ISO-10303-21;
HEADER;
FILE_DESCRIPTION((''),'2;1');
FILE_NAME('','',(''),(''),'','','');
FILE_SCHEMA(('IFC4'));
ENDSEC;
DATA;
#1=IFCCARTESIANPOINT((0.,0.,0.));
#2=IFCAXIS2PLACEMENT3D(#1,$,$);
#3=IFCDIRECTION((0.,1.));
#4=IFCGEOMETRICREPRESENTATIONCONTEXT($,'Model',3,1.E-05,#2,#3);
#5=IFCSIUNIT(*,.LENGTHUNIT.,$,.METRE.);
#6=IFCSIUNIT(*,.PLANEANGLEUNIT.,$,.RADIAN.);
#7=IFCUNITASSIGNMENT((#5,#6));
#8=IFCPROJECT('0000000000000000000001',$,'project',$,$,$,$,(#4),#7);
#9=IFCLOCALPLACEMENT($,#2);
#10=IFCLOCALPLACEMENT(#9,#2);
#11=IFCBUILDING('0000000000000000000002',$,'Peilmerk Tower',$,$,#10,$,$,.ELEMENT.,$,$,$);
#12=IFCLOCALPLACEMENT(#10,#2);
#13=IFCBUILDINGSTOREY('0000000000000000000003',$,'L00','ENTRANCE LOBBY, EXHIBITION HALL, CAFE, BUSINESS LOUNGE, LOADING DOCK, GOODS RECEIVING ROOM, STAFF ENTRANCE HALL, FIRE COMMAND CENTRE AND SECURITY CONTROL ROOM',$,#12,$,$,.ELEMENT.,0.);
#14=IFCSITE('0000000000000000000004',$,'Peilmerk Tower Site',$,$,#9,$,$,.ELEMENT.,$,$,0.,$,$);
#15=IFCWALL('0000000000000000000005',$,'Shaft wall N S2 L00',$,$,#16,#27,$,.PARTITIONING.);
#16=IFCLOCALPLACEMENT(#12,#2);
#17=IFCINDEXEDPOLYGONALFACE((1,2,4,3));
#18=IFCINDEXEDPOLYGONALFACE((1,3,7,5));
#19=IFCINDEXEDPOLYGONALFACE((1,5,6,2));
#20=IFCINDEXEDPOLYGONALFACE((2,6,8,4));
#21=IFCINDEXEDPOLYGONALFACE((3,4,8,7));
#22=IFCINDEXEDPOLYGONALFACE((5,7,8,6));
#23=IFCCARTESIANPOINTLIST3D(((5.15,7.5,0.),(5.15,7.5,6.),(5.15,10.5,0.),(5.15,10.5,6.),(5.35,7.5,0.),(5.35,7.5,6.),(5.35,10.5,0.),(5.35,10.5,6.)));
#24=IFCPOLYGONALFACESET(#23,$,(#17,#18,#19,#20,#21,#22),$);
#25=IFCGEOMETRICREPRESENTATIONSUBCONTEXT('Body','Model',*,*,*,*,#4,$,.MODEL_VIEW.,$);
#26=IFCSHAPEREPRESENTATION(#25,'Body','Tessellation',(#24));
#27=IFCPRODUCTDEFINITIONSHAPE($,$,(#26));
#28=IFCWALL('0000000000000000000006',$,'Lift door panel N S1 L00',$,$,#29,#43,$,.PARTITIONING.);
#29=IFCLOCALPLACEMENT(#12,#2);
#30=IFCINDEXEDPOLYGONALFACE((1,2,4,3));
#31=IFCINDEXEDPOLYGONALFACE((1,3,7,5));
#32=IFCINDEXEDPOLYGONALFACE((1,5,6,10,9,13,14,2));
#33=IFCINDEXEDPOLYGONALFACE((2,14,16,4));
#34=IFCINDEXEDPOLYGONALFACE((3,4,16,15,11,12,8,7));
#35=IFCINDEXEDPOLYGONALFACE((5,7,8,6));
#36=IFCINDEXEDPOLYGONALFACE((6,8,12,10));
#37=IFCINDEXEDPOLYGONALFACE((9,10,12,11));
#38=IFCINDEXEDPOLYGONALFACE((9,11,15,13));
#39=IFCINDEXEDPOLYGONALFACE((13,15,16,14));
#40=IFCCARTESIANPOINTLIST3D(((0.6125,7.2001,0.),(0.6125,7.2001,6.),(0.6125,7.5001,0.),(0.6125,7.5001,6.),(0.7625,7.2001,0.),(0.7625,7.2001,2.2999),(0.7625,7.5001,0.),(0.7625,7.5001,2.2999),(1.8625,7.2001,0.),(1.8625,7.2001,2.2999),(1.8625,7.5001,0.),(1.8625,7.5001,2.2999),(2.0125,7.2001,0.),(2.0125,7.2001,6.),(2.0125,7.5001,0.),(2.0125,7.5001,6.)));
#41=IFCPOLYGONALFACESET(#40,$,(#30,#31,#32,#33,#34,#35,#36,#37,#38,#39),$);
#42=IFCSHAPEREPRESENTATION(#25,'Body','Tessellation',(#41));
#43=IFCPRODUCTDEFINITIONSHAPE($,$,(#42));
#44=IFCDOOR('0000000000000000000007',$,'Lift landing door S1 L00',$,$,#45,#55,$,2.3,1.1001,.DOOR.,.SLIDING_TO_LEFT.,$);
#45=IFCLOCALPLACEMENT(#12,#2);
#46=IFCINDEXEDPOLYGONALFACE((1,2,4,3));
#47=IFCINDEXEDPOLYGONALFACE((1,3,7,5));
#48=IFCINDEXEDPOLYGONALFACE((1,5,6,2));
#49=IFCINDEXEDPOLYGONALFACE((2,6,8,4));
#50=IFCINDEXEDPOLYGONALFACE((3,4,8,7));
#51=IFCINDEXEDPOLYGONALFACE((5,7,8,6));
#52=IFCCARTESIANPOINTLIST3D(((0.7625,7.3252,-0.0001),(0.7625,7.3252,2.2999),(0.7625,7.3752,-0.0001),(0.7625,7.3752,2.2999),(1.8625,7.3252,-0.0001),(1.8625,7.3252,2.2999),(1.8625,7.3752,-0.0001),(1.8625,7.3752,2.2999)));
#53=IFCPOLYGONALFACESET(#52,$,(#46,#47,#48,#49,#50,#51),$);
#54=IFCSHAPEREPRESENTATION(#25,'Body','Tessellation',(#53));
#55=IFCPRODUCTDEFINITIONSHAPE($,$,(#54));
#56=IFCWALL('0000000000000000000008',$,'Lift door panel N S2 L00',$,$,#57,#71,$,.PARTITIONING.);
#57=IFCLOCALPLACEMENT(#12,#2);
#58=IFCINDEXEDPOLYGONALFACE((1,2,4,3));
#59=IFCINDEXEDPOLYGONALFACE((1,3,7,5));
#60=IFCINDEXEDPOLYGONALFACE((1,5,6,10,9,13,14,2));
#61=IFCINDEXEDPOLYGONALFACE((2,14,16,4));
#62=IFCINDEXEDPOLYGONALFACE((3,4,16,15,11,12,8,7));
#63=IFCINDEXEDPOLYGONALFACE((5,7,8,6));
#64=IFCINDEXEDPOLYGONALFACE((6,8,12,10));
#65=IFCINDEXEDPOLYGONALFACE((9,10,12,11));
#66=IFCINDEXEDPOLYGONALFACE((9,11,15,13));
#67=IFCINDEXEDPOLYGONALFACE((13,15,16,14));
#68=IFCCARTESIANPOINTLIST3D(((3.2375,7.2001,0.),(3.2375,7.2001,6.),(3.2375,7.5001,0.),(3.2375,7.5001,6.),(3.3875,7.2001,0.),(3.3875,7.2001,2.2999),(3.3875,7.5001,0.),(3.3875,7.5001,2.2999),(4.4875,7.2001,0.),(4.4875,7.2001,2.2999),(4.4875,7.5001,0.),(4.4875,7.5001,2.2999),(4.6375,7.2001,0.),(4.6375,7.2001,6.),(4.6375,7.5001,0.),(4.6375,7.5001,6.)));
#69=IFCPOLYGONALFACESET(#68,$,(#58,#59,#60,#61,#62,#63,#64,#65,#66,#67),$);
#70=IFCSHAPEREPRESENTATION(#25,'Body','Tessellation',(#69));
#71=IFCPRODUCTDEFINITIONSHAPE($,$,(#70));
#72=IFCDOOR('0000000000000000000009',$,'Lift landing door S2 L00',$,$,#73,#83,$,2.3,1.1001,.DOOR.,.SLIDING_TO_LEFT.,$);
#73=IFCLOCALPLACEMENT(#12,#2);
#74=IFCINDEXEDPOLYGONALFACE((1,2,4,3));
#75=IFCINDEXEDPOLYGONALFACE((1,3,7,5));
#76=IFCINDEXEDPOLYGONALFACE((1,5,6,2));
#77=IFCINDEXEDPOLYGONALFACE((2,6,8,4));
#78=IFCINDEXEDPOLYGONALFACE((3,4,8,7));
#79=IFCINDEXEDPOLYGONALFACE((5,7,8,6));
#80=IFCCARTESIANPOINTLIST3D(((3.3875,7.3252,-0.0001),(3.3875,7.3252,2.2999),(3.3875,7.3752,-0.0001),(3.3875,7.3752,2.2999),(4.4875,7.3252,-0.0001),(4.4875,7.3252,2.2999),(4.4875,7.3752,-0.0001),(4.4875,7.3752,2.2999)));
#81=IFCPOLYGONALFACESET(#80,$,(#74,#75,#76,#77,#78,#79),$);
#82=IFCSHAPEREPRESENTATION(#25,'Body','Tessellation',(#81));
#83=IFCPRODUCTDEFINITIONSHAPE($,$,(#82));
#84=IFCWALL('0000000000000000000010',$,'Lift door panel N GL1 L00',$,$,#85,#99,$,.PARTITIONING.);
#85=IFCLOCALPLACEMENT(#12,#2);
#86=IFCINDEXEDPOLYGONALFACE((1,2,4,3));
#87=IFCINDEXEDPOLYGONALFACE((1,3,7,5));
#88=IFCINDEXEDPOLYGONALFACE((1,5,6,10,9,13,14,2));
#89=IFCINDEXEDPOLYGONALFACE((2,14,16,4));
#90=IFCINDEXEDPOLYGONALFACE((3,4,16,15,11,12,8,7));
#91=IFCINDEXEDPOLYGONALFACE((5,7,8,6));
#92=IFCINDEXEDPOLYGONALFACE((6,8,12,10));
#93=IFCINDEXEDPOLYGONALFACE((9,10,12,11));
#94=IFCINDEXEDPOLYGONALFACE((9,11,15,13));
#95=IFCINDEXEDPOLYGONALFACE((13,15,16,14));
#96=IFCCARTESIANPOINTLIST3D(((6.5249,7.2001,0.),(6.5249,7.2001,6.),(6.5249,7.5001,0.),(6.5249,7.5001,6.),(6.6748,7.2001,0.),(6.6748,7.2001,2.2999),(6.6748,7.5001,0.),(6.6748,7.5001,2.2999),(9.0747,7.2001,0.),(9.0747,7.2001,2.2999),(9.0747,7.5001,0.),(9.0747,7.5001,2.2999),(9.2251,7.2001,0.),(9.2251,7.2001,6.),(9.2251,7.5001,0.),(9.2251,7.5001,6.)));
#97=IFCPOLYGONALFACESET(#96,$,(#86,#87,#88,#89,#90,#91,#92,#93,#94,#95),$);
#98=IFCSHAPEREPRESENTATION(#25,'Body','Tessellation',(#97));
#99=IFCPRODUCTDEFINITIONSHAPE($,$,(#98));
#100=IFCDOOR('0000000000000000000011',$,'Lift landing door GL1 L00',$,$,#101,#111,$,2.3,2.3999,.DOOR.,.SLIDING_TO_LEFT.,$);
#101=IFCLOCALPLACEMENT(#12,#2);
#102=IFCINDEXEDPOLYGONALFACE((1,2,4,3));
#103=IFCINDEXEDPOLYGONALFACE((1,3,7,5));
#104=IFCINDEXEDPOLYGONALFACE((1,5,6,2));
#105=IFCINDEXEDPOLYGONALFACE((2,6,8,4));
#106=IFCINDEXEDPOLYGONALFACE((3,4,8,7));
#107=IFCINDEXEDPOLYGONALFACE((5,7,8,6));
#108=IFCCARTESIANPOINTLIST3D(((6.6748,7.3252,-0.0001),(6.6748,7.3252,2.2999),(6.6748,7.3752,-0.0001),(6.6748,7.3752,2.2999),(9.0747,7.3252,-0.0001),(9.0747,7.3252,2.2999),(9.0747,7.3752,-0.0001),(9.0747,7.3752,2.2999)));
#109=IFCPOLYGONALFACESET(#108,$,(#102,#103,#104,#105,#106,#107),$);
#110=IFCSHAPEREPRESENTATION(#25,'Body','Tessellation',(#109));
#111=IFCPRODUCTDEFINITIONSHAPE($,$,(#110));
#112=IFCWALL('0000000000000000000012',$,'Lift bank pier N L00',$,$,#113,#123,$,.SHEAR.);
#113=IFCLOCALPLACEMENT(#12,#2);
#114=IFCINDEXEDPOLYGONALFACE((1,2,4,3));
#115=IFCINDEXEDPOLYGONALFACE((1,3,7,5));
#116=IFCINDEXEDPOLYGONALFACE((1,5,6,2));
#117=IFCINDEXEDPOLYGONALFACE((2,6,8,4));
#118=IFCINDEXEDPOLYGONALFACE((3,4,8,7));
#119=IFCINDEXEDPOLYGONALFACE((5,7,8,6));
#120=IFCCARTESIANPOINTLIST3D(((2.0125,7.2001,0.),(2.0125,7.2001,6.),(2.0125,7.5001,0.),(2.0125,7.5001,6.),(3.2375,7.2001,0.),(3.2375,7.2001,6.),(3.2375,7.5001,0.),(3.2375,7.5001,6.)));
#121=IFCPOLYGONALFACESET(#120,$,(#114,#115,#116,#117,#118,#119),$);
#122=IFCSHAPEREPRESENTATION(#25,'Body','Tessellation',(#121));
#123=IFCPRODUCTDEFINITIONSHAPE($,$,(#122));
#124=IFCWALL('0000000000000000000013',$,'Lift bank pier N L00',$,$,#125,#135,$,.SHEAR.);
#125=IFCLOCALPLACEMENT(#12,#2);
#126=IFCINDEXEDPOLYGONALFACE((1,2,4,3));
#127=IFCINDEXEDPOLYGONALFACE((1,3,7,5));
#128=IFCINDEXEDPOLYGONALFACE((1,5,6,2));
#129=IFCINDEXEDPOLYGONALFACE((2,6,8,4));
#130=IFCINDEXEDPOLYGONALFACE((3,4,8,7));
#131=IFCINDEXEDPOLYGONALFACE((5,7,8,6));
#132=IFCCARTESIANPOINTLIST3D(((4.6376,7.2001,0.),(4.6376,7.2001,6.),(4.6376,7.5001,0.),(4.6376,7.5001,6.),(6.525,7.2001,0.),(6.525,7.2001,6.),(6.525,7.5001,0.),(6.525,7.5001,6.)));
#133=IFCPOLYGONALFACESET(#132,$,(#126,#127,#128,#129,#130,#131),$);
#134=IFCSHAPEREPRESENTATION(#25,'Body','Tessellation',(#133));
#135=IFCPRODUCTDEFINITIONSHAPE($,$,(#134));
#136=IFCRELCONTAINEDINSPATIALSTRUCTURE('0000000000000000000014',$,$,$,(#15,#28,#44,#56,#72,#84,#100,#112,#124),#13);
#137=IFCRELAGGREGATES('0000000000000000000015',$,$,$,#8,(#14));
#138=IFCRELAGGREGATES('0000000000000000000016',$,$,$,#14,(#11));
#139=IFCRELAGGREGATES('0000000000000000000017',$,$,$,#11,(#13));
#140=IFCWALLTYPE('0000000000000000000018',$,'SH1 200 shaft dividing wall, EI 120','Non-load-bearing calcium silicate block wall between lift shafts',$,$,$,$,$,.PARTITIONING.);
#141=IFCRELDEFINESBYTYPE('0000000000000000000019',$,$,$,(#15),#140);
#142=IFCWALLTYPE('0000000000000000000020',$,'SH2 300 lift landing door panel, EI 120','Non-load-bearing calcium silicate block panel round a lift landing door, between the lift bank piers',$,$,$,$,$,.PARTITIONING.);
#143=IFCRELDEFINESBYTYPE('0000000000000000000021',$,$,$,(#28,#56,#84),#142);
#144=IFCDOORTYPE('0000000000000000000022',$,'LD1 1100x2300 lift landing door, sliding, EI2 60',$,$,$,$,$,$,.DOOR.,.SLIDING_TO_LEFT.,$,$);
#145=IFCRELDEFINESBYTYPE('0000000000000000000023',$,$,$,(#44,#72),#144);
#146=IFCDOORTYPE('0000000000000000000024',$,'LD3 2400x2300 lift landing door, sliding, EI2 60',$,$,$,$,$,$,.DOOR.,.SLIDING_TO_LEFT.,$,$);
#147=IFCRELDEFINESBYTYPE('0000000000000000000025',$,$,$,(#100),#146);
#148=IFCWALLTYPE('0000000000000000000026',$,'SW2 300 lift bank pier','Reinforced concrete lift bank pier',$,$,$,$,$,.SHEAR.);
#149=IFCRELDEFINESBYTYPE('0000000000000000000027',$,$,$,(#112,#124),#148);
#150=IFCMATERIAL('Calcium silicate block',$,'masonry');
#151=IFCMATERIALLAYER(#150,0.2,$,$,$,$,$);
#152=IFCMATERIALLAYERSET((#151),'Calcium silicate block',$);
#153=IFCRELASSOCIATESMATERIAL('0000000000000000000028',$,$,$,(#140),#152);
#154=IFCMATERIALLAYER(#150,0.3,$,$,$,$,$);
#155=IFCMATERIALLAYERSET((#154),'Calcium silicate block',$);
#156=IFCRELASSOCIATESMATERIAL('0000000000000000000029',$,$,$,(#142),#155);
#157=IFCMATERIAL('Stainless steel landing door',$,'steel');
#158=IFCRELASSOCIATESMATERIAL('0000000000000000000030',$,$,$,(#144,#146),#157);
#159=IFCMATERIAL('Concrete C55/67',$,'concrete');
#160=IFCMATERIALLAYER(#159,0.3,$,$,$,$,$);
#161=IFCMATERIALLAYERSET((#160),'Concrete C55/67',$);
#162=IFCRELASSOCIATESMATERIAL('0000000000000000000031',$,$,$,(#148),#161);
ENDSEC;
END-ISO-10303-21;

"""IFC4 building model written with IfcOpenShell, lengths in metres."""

from ifc_helpers import new_model, si_unit, direction, frame, frame_2d, origin, place, context, subcontext, project, spatial, rectangle, extrude, material, layer, layer_set, type_object, element, fill, save


model = new_model("IFC4")

# Units and contexts
model_context = context("Model", 3, precision=1e-05, world=origin(), true_north=direction((0.0, 1.0)))
body_context = subcontext(model_context, "Body", "Model", "MODEL_VIEW")
ifc_project = project(units=[si_unit("LENGTHUNIT", "METRE"), si_unit("PLANEANGLEUNIT", "RADIAN")], contexts=[model_context])

# Site, building, storey
site_placement = place(None, origin())
site = spatial("IfcSite", under=ifc_project, at=site_placement, Name="Peilmerk Tower Site", CompositionType="ELEMENT", RefElevation=0.0)
building_placement = place(site_placement, origin())
building = spatial("IfcBuilding", under=site, at=building_placement, Name="Peilmerk Tower", CompositionType="ELEMENT")
storey_placement = place(building_placement, origin())
storey = spatial("IfcBuildingStorey", under=building, at=storey_placement, Name="L00", Description="ENTRANCE LOBBY, EXHIBITION HALL, CAFE, BUSINESS LOUNGE, LOADING DOCK, GOODS RECEIVING ROOM, STAFF ENTRANCE HALL, FIRE COMMAND CENTRE AND SECURITY CONTROL ROOM", CompositionType="ELEMENT", Elevation=0.0)

# Wall
ifc_material_1 = material(Name="Calcium silicate block", Category="masonry")
ifc_layer_1 = layer(ifc_material_1, 0.2)
ifc_layer_set_1 = layer_set([ifc_layer_1], Name="Calcium silicate block")
wall_type_1 = type_object("IfcWallType", Name="SH1 200 shaft dividing wall, EI 120", Description="Non-load-bearing calcium silicate block wall between lift shafts", PredefinedType="PARTITIONING", material=ifc_layer_set_1)
for number, where, z_axis, x_axis, name in (
    (1, (5.25, 7.5, 0.0), (0.0, 0.0, 1.0), (0.0, 1.0, 0.0), "Shaft wall N S2 L00"),
):
    element("IfcWall", number, at=place(storey_placement, frame(where, z_axis=z_axis, x_axis=x_axis)), inside=storey, type_object=wall_type_1, Name=name, PredefinedType="PARTITIONING", context=body_context, shape_type="SweptSolid", body=[
        extrude(rectangle(XDim=3.0, YDim=0.2, at=frame_2d((1.5, 0.0))), origin(), (0.0, 0.0, 1.0), 6.0),
    ])

# Walls, openings, doors
ifc_layer_2 = layer(ifc_material_1, 0.3)
ifc_layer_set_2 = layer_set([ifc_layer_2], Name="Calcium silicate block")
wall_type_2 = type_object("IfcWallType", Name="SH2 300 lift landing door panel, EI 120", Description="Non-load-bearing calcium silicate block panel round a lift landing door, between the lift bank piers", PredefinedType="PARTITIONING", material=ifc_layer_set_2)
wall_1_placement = place(storey_placement, frame((0.6125, 7.3501, 0.0), z_axis=(0.0, 0.0, 1.0), x_axis=(1.0, 0.0, 0.0)))
wall_1 = element("IfcWall", 2, at=wall_1_placement, inside=storey, type_object=wall_type_2, Name="Lift door panel N S1 L00", PredefinedType="PARTITIONING", context=body_context, shape_type="SweptSolid", body=[
    extrude(rectangle(XDim=1.3999, YDim=0.3, at=frame_2d((0.7, 0.0))), origin(), (0.0, 0.0, 1.0), 6.0),
])
opening_1_placement = place(wall_1_placement, frame((0.1499, 0.0, 0.0)))
opening_1 = element("IfcOpeningElement", 3, at=opening_1_placement, cuts=wall_1, PredefinedType="OPENING", context=body_context, shape_type="SweptSolid", body=[
    extrude(rectangle(XDim=1.1001, YDim=2.3, at=frame_2d((0.55, 1.1499))), frame((0.0, 0.1599, 0.0), z_axis=(0.0, -1.0, 0.0), x_axis=(1.0, 0.0, 0.0)), (0.0, 0.0, 1.0), 0.3201),
])
ifc_material_2 = material(Name="Stainless steel landing door", Category="steel")
door_type_1 = type_object("IfcDoorType", Name="LD1 1100x2300 lift landing door, sliding, EI2 60", OperationType="SLIDING_TO_LEFT", PredefinedType="DOOR", material=ifc_material_2)
door_1_placement = place(opening_1_placement, frame((1.1001, 0.0, 0.0), z_axis=(0.0, 0.0, 1.0), x_axis=(-1.0, 0.0, 0.0)))
door_1 = element("IfcDoor", 4, at=door_1_placement, inside=storey, type_object=door_type_1, Name="Lift landing door S1 L00", OperationType="SLIDING_TO_LEFT", OverallHeight=2.3, OverallWidth=1.1001, PredefinedType="DOOR", context=body_context, shape_type="SweptSolid", body=[
    extrude(rectangle(XDim=1.1001, YDim=2.3, at=frame_2d((0.55, 1.1499))), frame((0.0, 0.0249, 0.0), z_axis=(0.0, -1.0, 0.0), x_axis=(1.0, 0.0, 0.0)), (0.0, 0.0, 1.0), 0.05),
])
fill(opening_1, door_1)
wall_2_placement = place(storey_placement, frame((3.2375, 7.3501, 0.0), z_axis=(0.0, 0.0, 1.0), x_axis=(1.0, 0.0, 0.0)))
wall_2 = element("IfcWall", 5, at=wall_2_placement, inside=storey, type_object=wall_type_2, Name="Lift door panel N S2 L00", PredefinedType="PARTITIONING", context=body_context, shape_type="SweptSolid", body=[
    extrude(rectangle(XDim=1.3999, YDim=0.3, at=frame_2d((0.7, 0.0))), origin(), (0.0, 0.0, 1.0), 6.0),
])
opening_2_placement = place(wall_2_placement, frame((0.1499, 0.0, 0.0)))
opening_2 = element("IfcOpeningElement", 6, at=opening_2_placement, cuts=wall_2, PredefinedType="OPENING", context=body_context, shape_type="SweptSolid", body=[
    extrude(rectangle(XDim=1.1001, YDim=2.3, at=frame_2d((0.55, 1.1499))), frame((0.0, 0.1599, 0.0), z_axis=(0.0, -1.0, 0.0), x_axis=(1.0, 0.0, 0.0)), (0.0, 0.0, 1.0), 0.3201),
])
door_2_placement = place(opening_2_placement, frame((1.1001, 0.0, 0.0), z_axis=(0.0, 0.0, 1.0), x_axis=(-1.0, 0.0, 0.0)))
door_2 = element("IfcDoor", 7, at=door_2_placement, inside=storey, type_object=door_type_1, Name="Lift landing door S2 L00", OperationType="SLIDING_TO_LEFT", OverallHeight=2.3, OverallWidth=1.1001, PredefinedType="DOOR", context=body_context, shape_type="SweptSolid", body=[
    extrude(rectangle(XDim=1.1001, YDim=2.3, at=frame_2d((0.55, 1.1499))), frame((0.0, 0.0249, 0.0), z_axis=(0.0, -1.0, 0.0), x_axis=(1.0, 0.0, 0.0)), (0.0, 0.0, 1.0), 0.05),
])
fill(opening_2, door_2)
wall_3_placement = place(storey_placement, frame((6.5249, 7.3501, 0.0), z_axis=(0.0, 0.0, 1.0), x_axis=(1.0, 0.0, 0.0)))
wall_3 = element("IfcWall", 8, at=wall_3_placement, inside=storey, type_object=wall_type_2, Name="Lift door panel N GL1 L00", PredefinedType="PARTITIONING", context=body_context, shape_type="SweptSolid", body=[
    extrude(rectangle(XDim=2.7002, YDim=0.3, at=frame_2d((1.3501, 0.0))), origin(), (0.0, 0.0, 1.0), 6.0),
])
opening_3_placement = place(wall_3_placement, frame((0.1499, 0.0, 0.0)))
opening_3 = element("IfcOpeningElement", 9, at=opening_3_placement, cuts=wall_3, PredefinedType="OPENING", context=body_context, shape_type="SweptSolid", body=[
    extrude(rectangle(XDim=2.3999, YDim=2.3, at=frame_2d((1.2, 1.1499))), frame((0.0, 0.1599, 0.0), z_axis=(0.0, -1.0, 0.0), x_axis=(1.0, 0.0, 0.0)), (0.0, 0.0, 1.0), 0.3201),
])
door_type_2 = type_object("IfcDoorType", Name="LD3 2400x2300 lift landing door, sliding, EI2 60", OperationType="SLIDING_TO_LEFT", PredefinedType="DOOR", material=ifc_material_2)
door_3_placement = place(opening_3_placement, frame((2.3999, 0.0, 0.0), z_axis=(0.0, 0.0, 1.0), x_axis=(-1.0, 0.0, 0.0)))
door_3 = element("IfcDoor", 10, at=door_3_placement, inside=storey, type_object=door_type_2, Name="Lift landing door GL1 L00", OperationType="SLIDING_TO_LEFT", OverallHeight=2.3, OverallWidth=2.3999, PredefinedType="DOOR", context=body_context, shape_type="SweptSolid", body=[
    extrude(rectangle(XDim=2.3999, YDim=2.3, at=frame_2d((1.2, 1.1499))), frame((0.0, 0.0249, 0.0), z_axis=(0.0, -1.0, 0.0), x_axis=(1.0, 0.0, 0.0)), (0.0, 0.0, 1.0), 0.05),
])
fill(opening_3, door_3)

# Walls
ifc_material_3 = material(Name="Concrete C55/67", Category="concrete")
ifc_layer_3 = layer(ifc_material_3, 0.3)
ifc_layer_set_3 = layer_set([ifc_layer_3], Name="Concrete C55/67")
wall_type_3 = type_object("IfcWallType", Name="SW2 300 lift bank pier", Description="Reinforced concrete lift bank pier", PredefinedType="SHEAR", material=ifc_layer_set_3)
wall_4_placement = place(storey_placement, frame((2.0125, 7.3501, 0.0), z_axis=(0.0, 0.0, 1.0), x_axis=(1.0, 0.0, 0.0)))
element("IfcWall", 11, at=wall_4_placement, inside=storey, type_object=wall_type_3, Name="Lift bank pier N L00", PredefinedType="SHEAR", context=body_context, shape_type="SweptSolid", body=[
    extrude(rectangle(XDim=1.2251, YDim=0.3, at=frame_2d((0.6125, 0.0))), origin(), (0.0, 0.0, 1.0), 6.0),
])
wall_5_placement = place(storey_placement, frame((4.6375, 7.3501, 0.0), z_axis=(0.0, 0.0, 1.0), x_axis=(1.0, 0.0, 0.0)))
element("IfcWall", 12, at=wall_5_placement, inside=storey, type_object=wall_type_3, Name="Lift bank pier N L00", PredefinedType="SHEAR", context=body_context, shape_type="SweptSolid", body=[
    extrude(rectangle(XDim=1.8875, YDim=0.3, at=frame_2d((0.9438, 0.0))), origin(), (0.0, 0.0, 1.0), 6.0),
])

save(model, "model.ifc")
